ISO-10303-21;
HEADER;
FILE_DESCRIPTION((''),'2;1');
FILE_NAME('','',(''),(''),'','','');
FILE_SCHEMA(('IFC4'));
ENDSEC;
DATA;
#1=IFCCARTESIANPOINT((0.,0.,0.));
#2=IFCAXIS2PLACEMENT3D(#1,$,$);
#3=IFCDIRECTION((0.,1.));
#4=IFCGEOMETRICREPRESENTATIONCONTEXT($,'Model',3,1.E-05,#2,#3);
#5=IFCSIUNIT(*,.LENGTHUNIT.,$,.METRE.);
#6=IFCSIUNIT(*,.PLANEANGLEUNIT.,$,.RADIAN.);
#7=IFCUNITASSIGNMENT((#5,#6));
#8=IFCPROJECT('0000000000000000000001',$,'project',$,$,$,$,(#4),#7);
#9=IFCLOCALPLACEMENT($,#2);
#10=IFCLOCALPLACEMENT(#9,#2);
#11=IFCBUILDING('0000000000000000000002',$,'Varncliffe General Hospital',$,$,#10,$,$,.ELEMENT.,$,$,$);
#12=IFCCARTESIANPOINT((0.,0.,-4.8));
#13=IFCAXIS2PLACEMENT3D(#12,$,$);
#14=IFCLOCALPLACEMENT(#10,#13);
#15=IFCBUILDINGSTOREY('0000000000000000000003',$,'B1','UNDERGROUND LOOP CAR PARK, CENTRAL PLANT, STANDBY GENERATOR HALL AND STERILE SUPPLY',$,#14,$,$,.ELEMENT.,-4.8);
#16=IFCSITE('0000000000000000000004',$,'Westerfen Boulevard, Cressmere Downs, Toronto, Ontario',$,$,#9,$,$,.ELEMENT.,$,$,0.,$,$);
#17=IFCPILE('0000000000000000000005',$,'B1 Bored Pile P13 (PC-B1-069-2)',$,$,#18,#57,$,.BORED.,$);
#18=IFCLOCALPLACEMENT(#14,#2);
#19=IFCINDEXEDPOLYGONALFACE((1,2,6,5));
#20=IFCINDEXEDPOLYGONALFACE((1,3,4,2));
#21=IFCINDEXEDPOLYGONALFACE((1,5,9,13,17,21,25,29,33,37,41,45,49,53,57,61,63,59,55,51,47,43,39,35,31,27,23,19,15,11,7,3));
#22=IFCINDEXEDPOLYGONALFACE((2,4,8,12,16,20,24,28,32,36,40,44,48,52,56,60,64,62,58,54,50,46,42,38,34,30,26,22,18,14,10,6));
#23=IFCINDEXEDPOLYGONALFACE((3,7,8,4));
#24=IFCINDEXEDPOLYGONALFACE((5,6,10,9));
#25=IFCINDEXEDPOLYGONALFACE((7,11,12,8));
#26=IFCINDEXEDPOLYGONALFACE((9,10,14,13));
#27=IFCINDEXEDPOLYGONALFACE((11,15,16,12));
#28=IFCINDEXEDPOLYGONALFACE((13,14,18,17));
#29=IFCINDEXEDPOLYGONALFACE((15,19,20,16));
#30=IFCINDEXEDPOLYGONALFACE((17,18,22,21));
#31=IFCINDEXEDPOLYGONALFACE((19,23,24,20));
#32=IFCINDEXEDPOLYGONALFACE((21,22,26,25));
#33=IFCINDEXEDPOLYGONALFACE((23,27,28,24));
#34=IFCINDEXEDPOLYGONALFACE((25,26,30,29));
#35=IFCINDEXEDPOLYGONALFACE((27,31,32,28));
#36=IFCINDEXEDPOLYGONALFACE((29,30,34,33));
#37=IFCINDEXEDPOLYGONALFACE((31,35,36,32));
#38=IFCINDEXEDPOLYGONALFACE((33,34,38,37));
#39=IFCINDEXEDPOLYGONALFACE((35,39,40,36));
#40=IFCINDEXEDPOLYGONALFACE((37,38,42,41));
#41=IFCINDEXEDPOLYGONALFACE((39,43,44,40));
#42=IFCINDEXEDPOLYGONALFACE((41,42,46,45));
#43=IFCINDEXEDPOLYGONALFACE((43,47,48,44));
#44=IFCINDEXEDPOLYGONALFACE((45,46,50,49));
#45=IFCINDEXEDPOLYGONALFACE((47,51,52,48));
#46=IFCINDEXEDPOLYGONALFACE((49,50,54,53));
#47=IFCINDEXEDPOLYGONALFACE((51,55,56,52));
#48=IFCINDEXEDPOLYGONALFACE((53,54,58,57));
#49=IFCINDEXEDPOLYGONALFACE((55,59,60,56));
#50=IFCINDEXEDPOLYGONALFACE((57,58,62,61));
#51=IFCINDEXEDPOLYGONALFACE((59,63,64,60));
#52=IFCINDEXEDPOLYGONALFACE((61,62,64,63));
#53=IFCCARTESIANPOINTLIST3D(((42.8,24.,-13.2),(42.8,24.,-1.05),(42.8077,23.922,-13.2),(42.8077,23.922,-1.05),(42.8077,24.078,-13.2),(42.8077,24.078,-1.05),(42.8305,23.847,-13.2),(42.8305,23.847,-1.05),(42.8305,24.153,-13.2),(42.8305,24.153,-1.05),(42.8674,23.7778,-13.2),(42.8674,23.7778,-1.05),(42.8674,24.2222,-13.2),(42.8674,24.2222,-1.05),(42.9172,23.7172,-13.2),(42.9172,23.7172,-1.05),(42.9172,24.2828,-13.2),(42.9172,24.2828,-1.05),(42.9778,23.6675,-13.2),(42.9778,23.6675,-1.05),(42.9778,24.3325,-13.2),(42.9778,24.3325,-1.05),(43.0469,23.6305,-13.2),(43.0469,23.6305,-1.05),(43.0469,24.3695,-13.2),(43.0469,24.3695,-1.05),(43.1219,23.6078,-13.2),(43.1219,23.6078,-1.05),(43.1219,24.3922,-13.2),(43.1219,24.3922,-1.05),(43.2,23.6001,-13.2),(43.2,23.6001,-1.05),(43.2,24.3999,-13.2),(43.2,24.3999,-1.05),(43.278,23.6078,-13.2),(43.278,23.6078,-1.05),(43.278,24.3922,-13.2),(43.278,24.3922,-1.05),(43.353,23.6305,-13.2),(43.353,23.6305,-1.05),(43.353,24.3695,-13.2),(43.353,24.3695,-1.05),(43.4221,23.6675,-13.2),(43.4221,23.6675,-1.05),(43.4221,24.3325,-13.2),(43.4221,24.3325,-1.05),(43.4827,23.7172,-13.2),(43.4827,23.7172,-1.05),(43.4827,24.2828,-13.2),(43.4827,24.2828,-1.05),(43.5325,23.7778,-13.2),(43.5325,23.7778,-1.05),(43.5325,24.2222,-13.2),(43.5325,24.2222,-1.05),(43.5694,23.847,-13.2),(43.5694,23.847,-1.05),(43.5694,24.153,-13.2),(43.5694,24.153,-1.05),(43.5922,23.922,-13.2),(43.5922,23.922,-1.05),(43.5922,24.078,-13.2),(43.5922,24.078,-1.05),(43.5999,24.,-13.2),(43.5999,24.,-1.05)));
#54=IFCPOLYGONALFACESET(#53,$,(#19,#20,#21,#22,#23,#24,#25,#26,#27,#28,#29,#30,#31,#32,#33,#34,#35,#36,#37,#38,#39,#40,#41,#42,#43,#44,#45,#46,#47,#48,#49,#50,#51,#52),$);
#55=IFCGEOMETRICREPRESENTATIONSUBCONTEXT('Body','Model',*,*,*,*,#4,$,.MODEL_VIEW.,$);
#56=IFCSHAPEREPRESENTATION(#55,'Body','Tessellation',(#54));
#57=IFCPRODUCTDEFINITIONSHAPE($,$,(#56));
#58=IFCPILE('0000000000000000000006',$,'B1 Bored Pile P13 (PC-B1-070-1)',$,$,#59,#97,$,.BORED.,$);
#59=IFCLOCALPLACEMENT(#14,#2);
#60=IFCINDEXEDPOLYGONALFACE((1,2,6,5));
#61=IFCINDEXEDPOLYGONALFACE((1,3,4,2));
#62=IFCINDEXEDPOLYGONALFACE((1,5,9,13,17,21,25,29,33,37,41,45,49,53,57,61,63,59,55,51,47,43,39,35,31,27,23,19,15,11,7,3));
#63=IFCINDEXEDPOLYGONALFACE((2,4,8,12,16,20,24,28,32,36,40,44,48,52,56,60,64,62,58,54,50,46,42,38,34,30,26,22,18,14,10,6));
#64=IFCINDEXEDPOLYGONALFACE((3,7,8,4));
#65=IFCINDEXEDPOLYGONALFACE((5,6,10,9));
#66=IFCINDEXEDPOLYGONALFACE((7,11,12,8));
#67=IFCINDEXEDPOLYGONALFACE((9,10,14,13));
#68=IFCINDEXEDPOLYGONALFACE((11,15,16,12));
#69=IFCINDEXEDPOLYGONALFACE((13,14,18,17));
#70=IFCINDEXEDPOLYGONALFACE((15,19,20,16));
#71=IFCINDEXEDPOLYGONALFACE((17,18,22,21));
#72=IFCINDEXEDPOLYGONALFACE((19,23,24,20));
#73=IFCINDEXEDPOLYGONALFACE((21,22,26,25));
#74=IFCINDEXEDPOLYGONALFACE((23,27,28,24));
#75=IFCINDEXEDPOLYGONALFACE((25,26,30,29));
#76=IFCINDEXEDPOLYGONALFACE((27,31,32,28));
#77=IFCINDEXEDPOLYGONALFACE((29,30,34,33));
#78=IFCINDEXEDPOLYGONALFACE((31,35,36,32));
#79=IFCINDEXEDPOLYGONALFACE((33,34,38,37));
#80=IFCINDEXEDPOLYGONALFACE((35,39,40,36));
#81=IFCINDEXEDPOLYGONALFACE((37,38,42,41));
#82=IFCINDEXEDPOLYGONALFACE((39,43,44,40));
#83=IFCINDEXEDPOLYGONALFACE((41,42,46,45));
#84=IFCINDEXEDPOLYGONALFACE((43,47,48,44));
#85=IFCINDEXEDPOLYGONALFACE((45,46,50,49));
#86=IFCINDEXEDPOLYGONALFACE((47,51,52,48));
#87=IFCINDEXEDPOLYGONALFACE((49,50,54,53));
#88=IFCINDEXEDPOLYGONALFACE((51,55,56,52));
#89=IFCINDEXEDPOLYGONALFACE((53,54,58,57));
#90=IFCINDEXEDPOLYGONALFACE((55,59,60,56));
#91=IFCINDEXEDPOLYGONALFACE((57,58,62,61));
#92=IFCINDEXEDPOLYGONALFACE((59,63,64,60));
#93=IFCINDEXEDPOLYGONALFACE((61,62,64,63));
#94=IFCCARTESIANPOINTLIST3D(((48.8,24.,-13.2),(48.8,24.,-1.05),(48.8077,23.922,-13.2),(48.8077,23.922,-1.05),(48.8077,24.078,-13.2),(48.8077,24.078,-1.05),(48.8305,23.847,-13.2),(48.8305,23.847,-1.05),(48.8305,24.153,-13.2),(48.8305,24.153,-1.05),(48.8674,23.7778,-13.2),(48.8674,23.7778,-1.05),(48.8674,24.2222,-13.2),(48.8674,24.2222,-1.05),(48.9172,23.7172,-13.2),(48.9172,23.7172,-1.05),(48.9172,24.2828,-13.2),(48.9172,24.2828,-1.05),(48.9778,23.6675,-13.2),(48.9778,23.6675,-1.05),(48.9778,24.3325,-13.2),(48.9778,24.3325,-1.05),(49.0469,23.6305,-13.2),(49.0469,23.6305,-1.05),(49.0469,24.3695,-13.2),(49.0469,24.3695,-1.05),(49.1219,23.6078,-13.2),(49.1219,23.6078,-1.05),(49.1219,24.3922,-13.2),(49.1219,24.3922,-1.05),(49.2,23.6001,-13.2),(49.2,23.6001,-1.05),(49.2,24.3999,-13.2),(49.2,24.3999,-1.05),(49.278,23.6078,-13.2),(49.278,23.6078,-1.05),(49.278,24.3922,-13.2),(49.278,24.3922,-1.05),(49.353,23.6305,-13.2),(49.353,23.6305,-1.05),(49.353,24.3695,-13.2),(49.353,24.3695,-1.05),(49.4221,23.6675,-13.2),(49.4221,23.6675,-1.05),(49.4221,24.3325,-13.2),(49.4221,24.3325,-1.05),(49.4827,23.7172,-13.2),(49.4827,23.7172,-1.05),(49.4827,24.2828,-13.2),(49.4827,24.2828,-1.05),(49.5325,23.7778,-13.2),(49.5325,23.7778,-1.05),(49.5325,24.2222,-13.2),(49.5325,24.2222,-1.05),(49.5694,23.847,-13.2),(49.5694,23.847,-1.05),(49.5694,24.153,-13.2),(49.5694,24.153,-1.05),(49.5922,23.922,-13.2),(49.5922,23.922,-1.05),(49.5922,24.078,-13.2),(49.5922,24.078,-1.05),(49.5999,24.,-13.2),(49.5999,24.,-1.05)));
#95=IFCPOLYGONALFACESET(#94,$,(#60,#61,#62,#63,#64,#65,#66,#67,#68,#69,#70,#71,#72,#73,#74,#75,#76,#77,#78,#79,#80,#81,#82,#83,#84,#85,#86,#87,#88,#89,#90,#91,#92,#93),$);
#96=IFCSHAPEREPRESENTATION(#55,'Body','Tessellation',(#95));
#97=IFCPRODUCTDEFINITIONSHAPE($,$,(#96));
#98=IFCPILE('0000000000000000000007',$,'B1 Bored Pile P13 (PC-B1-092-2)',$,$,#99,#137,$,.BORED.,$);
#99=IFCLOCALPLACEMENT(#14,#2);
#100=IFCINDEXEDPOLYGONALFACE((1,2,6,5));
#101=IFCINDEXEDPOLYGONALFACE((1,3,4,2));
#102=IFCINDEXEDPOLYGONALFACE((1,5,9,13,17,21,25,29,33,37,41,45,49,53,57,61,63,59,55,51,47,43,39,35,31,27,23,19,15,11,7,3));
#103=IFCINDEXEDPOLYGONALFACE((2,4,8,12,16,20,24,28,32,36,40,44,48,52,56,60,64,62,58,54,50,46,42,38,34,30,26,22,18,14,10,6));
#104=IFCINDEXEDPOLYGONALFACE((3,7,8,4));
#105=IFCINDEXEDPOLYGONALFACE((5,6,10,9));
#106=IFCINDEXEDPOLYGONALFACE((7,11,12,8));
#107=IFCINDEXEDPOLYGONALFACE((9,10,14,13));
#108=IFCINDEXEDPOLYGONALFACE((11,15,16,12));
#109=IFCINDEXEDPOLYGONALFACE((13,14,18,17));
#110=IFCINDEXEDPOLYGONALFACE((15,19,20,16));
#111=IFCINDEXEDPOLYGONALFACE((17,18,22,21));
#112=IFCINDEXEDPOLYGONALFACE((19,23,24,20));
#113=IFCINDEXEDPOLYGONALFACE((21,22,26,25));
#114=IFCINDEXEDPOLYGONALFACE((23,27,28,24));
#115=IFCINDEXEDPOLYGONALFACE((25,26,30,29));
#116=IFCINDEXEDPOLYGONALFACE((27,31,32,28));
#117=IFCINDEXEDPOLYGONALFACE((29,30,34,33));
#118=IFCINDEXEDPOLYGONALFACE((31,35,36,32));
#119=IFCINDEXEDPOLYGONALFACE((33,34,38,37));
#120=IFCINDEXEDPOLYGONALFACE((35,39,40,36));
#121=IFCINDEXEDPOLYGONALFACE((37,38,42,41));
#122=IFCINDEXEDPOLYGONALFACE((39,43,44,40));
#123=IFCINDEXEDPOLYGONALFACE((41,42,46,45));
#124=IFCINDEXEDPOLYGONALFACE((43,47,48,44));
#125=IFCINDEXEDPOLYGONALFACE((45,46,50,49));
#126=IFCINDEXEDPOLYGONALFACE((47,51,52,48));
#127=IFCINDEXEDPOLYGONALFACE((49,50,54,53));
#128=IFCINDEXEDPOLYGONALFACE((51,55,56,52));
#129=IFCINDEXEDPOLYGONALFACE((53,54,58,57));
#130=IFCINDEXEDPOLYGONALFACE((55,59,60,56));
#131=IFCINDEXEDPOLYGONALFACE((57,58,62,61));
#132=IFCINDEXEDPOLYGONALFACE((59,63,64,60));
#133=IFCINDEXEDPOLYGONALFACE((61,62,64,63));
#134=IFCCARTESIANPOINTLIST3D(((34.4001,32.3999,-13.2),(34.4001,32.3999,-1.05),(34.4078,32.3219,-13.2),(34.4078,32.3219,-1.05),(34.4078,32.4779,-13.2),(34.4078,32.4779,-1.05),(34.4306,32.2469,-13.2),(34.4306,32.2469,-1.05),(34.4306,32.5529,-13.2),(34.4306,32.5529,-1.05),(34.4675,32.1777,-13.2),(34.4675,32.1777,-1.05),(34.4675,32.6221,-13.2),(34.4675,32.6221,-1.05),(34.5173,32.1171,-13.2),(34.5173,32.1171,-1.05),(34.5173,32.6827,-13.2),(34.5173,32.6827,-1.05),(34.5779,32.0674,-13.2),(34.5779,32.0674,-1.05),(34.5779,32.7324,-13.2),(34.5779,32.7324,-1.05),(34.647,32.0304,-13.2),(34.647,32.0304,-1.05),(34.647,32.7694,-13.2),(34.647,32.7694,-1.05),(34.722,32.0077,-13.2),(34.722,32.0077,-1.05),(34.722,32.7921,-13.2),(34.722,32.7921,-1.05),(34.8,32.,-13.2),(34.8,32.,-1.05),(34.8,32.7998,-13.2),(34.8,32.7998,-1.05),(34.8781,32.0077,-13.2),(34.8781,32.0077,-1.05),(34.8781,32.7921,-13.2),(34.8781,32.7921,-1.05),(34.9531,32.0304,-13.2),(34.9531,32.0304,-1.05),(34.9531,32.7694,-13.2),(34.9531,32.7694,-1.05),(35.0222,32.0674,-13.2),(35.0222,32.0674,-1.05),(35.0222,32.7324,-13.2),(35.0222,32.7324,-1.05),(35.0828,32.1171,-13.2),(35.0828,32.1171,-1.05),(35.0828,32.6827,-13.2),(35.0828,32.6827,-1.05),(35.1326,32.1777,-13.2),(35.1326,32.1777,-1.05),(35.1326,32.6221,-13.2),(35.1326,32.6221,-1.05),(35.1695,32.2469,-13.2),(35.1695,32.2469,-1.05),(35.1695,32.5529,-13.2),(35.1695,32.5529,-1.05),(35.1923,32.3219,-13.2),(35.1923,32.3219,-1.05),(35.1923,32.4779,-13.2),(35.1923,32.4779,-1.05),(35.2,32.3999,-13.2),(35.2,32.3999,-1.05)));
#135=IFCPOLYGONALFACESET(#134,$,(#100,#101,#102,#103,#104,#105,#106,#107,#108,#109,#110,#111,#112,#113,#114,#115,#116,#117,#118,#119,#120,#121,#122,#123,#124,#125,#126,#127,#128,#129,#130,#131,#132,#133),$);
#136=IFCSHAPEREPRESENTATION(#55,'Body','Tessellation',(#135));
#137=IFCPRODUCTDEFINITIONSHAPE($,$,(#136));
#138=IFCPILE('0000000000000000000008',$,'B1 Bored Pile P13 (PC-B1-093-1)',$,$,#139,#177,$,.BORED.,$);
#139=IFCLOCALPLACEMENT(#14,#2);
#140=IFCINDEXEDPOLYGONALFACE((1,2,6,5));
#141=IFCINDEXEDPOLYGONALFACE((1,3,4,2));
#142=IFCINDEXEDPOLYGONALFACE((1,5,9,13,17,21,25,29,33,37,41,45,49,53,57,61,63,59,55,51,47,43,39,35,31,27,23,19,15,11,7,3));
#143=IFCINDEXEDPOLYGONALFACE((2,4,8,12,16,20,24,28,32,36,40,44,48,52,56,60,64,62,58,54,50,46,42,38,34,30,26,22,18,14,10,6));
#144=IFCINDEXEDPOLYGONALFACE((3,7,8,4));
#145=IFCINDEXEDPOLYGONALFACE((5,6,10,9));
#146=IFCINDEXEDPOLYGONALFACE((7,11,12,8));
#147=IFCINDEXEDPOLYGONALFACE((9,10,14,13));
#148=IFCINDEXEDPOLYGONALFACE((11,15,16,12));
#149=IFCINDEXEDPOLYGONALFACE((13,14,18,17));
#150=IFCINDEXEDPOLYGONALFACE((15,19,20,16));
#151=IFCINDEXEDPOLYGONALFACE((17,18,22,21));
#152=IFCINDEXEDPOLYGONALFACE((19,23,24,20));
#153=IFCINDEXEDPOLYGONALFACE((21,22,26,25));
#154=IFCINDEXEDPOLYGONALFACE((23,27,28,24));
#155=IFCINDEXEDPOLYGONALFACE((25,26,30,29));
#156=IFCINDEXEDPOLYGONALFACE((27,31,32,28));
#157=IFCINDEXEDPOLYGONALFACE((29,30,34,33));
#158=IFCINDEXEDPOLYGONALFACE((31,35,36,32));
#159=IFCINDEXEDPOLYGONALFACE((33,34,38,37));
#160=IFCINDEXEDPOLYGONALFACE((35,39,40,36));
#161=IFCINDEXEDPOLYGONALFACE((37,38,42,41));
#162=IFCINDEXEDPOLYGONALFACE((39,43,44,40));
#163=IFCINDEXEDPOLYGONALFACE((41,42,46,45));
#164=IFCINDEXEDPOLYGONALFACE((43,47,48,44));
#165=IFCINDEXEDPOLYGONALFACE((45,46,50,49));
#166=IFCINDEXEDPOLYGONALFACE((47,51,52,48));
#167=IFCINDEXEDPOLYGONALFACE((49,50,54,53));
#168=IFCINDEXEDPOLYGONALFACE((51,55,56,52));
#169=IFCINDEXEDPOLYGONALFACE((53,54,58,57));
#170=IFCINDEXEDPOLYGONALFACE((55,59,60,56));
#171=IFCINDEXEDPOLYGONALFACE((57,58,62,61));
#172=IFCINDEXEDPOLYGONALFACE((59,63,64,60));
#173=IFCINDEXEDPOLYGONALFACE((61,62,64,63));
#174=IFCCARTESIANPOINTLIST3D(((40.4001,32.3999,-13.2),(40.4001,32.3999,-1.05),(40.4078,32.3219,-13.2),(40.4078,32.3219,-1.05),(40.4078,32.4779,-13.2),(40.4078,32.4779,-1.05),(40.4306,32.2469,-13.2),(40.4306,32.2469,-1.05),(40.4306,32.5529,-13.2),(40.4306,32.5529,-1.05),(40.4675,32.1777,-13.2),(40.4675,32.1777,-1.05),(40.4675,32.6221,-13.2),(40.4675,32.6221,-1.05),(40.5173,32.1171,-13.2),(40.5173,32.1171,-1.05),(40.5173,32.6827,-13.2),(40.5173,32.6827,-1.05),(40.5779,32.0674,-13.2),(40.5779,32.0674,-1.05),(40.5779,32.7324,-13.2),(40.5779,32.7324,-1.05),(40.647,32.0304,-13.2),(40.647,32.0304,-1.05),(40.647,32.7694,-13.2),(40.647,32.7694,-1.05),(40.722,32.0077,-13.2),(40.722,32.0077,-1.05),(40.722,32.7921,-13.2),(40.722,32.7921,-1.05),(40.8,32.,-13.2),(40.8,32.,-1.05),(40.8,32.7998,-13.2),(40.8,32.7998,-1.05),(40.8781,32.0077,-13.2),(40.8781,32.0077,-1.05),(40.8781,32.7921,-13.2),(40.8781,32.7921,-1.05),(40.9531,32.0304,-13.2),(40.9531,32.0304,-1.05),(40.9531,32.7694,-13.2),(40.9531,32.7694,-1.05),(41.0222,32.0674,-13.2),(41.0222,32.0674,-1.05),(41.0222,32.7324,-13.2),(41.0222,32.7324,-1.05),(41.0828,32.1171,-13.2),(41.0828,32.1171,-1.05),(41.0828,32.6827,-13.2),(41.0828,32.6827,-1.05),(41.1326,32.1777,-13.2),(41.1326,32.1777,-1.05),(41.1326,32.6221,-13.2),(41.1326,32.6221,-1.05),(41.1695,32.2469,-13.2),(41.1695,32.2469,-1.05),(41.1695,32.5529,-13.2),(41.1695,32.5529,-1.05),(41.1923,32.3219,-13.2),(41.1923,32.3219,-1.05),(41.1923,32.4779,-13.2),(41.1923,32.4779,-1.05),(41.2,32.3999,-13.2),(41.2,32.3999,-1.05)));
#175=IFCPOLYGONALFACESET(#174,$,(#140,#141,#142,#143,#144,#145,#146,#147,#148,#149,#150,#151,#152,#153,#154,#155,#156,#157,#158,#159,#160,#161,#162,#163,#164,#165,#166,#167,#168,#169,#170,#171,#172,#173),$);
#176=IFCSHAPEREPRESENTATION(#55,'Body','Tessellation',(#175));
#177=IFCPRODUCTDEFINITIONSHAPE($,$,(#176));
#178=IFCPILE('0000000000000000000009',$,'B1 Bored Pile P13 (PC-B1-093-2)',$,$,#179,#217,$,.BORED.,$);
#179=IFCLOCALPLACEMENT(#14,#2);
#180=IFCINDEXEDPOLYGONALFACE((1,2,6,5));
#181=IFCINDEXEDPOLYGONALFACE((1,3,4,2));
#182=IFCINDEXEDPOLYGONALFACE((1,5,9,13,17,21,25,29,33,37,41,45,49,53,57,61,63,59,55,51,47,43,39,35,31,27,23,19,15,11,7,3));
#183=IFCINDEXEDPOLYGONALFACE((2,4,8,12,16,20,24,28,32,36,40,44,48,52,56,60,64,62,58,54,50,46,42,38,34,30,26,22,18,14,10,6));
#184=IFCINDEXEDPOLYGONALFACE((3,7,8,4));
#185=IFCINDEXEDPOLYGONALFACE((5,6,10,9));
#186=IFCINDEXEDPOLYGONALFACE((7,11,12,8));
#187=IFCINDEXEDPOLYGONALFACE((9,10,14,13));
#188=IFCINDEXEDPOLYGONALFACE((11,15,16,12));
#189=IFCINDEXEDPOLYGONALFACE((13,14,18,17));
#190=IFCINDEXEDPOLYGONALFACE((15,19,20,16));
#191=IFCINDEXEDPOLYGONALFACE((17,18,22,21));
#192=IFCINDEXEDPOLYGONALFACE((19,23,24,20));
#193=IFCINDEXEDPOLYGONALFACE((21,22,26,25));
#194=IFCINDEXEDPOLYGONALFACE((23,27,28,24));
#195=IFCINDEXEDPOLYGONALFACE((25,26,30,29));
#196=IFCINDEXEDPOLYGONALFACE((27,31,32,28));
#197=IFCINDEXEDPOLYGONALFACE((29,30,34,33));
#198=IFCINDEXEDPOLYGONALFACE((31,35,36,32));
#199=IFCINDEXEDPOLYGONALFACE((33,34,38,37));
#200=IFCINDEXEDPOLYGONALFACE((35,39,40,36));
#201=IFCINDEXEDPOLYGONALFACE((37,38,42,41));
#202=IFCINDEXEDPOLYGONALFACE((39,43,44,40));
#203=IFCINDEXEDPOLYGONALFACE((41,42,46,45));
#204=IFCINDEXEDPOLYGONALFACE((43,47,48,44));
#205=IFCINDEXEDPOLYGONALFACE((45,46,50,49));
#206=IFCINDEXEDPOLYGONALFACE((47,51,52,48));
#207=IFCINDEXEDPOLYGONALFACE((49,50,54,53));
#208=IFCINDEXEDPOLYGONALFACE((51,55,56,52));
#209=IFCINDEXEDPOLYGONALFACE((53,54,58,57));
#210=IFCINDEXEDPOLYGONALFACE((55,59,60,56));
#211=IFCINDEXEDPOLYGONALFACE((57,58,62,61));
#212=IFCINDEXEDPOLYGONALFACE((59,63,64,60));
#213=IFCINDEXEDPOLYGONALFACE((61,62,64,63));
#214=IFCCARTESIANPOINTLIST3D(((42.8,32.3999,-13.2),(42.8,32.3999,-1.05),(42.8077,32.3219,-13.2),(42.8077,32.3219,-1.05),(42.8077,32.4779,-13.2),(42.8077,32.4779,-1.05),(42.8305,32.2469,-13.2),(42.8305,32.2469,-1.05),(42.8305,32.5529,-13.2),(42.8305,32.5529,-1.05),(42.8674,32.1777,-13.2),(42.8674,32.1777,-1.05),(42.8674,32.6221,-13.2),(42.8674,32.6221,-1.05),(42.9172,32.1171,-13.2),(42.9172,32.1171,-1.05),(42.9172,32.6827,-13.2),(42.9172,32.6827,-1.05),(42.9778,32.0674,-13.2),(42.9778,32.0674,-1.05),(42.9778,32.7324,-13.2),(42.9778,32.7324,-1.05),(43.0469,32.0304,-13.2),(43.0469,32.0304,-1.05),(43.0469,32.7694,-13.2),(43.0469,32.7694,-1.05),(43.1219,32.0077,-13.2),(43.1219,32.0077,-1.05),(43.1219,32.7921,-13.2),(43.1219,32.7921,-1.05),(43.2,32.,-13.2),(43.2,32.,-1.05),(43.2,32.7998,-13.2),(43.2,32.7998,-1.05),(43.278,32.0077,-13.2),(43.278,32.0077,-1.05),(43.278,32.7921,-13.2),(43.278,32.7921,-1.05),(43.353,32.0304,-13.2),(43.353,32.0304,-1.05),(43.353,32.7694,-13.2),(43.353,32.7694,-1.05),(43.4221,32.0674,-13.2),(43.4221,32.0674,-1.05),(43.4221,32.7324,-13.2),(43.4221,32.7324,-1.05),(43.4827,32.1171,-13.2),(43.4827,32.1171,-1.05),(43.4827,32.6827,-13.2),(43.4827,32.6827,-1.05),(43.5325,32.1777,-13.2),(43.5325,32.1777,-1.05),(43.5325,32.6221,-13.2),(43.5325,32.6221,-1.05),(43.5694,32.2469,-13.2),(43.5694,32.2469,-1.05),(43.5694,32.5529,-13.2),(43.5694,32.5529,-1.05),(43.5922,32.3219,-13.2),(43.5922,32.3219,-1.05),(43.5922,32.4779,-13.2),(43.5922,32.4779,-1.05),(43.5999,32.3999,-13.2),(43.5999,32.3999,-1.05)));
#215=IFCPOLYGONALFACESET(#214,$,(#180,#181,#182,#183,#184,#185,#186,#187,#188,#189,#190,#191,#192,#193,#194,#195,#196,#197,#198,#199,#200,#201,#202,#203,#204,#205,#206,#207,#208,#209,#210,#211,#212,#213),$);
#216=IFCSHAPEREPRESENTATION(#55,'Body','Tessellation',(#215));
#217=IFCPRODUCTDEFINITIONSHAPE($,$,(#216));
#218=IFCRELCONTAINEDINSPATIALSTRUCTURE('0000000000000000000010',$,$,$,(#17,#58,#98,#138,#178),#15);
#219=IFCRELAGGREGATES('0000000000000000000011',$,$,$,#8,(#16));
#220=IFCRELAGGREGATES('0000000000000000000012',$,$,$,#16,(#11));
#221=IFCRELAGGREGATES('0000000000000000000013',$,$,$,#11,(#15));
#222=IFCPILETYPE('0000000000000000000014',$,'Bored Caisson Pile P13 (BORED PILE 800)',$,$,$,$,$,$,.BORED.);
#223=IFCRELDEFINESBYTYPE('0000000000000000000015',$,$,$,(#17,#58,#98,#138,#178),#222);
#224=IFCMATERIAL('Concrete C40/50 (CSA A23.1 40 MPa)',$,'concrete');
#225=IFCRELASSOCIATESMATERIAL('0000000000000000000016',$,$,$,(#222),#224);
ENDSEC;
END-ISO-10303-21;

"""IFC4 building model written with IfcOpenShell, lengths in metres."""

from ifc_helpers import new_model, si_unit, direction, frame, origin, origin_2d, place, context, subcontext, project, spatial, circle, extrude, material, material_profile, profile_set, type_object, element, save


model = new_model("IFC4")

# Units and contexts
model_context = context("Model", 3, precision=1e-05, world=origin(), true_north=direction((0.0, 1.0)))
body_context = subcontext(model_context, "Body", "Model", "MODEL_VIEW")
ifc_project = project(units=[si_unit("LENGTHUNIT", "METRE"), si_unit("PLANEANGLEUNIT", "RADIAN")], contexts=[model_context])

# Site, building, storey
site_placement = place(None, origin())
site = spatial("IfcSite", under=ifc_project, at=site_placement, Name="Westerfen Boulevard, Cressmere Downs, Toronto, Ontario", CompositionType="ELEMENT", RefElevation=0.0)
building_placement = place(site_placement, origin())
building = spatial("IfcBuilding", under=site, at=building_placement, Name="Varncliffe General Hospital", CompositionType="ELEMENT")
storey_placement = place(building_placement, frame((0.0, 0.0, -4.8)))
storey = spatial("IfcBuildingStorey", under=building, at=storey_placement, Name="B1", Description="UNDERGROUND LOOP CAR PARK, CENTRAL PLANT, STANDBY GENERATOR HALL AND STERILE SUPPLY", CompositionType="ELEMENT", Elevation=-4.8)

# Piles
ifc_material_1 = material(Name="Concrete C40/50 (CSA A23.1 40 MPa)", Category="concrete")
ifc_material_profile_1 = material_profile(ifc_material_1, circle(Radius=0.3999, at=origin_2d()), Name="BORED PILE 800")
ifc_profile_set_1 = profile_set([ifc_material_profile_1], Name="Concrete C40/50 (CSA A23.1 40 MPa)")
pile_type = type_object("IfcPileType", Name="Bored Caisson Pile P13 (BORED PILE 800)", PredefinedType="BORED", material=ifc_profile_set_1)
for number, where, z_axis, x_axis, name in (
    (1, (43.2, 24.0, -1.05), (0.0, 0.0, -1.0), (1.0, 0.0, 0.0), "B1 Bored Pile P13 (PC-B1-069-2)"),
    (2, (49.2, 24.0, -1.05), (0.0, 0.0, -1.0), (1.0, 0.0, 0.0), "B1 Bored Pile P13 (PC-B1-070-1)"),
    (3, (34.8, 32.3999, -1.05), (0.0, 0.0, -1.0), (1.0, 0.0, 0.0), "B1 Bored Pile P13 (PC-B1-092-2)"),
    (4, (40.8, 32.3999, -1.05), (0.0, 0.0, -1.0), (1.0, 0.0, 0.0), "B1 Bored Pile P13 (PC-B1-093-1)"),
    (5, (43.2, 32.3999, -1.05), (0.0, 0.0, -1.0), (1.0, 0.0, 0.0), "B1 Bored Pile P13 (PC-B1-093-2)"),
):
    element("IfcPile", number, at=place(storey_placement, frame(where, z_axis=z_axis, x_axis=x_axis)), inside=storey, type_object=pile_type, Name=name, PredefinedType="BORED", context=body_context, shape_type="SweptSolid", body=[
        extrude(circle(Radius=0.3999, at=origin_2d()), origin(), (0.0, 0.0, 1.0), 12.1499),
    ])

save(model, "model.ifc")
